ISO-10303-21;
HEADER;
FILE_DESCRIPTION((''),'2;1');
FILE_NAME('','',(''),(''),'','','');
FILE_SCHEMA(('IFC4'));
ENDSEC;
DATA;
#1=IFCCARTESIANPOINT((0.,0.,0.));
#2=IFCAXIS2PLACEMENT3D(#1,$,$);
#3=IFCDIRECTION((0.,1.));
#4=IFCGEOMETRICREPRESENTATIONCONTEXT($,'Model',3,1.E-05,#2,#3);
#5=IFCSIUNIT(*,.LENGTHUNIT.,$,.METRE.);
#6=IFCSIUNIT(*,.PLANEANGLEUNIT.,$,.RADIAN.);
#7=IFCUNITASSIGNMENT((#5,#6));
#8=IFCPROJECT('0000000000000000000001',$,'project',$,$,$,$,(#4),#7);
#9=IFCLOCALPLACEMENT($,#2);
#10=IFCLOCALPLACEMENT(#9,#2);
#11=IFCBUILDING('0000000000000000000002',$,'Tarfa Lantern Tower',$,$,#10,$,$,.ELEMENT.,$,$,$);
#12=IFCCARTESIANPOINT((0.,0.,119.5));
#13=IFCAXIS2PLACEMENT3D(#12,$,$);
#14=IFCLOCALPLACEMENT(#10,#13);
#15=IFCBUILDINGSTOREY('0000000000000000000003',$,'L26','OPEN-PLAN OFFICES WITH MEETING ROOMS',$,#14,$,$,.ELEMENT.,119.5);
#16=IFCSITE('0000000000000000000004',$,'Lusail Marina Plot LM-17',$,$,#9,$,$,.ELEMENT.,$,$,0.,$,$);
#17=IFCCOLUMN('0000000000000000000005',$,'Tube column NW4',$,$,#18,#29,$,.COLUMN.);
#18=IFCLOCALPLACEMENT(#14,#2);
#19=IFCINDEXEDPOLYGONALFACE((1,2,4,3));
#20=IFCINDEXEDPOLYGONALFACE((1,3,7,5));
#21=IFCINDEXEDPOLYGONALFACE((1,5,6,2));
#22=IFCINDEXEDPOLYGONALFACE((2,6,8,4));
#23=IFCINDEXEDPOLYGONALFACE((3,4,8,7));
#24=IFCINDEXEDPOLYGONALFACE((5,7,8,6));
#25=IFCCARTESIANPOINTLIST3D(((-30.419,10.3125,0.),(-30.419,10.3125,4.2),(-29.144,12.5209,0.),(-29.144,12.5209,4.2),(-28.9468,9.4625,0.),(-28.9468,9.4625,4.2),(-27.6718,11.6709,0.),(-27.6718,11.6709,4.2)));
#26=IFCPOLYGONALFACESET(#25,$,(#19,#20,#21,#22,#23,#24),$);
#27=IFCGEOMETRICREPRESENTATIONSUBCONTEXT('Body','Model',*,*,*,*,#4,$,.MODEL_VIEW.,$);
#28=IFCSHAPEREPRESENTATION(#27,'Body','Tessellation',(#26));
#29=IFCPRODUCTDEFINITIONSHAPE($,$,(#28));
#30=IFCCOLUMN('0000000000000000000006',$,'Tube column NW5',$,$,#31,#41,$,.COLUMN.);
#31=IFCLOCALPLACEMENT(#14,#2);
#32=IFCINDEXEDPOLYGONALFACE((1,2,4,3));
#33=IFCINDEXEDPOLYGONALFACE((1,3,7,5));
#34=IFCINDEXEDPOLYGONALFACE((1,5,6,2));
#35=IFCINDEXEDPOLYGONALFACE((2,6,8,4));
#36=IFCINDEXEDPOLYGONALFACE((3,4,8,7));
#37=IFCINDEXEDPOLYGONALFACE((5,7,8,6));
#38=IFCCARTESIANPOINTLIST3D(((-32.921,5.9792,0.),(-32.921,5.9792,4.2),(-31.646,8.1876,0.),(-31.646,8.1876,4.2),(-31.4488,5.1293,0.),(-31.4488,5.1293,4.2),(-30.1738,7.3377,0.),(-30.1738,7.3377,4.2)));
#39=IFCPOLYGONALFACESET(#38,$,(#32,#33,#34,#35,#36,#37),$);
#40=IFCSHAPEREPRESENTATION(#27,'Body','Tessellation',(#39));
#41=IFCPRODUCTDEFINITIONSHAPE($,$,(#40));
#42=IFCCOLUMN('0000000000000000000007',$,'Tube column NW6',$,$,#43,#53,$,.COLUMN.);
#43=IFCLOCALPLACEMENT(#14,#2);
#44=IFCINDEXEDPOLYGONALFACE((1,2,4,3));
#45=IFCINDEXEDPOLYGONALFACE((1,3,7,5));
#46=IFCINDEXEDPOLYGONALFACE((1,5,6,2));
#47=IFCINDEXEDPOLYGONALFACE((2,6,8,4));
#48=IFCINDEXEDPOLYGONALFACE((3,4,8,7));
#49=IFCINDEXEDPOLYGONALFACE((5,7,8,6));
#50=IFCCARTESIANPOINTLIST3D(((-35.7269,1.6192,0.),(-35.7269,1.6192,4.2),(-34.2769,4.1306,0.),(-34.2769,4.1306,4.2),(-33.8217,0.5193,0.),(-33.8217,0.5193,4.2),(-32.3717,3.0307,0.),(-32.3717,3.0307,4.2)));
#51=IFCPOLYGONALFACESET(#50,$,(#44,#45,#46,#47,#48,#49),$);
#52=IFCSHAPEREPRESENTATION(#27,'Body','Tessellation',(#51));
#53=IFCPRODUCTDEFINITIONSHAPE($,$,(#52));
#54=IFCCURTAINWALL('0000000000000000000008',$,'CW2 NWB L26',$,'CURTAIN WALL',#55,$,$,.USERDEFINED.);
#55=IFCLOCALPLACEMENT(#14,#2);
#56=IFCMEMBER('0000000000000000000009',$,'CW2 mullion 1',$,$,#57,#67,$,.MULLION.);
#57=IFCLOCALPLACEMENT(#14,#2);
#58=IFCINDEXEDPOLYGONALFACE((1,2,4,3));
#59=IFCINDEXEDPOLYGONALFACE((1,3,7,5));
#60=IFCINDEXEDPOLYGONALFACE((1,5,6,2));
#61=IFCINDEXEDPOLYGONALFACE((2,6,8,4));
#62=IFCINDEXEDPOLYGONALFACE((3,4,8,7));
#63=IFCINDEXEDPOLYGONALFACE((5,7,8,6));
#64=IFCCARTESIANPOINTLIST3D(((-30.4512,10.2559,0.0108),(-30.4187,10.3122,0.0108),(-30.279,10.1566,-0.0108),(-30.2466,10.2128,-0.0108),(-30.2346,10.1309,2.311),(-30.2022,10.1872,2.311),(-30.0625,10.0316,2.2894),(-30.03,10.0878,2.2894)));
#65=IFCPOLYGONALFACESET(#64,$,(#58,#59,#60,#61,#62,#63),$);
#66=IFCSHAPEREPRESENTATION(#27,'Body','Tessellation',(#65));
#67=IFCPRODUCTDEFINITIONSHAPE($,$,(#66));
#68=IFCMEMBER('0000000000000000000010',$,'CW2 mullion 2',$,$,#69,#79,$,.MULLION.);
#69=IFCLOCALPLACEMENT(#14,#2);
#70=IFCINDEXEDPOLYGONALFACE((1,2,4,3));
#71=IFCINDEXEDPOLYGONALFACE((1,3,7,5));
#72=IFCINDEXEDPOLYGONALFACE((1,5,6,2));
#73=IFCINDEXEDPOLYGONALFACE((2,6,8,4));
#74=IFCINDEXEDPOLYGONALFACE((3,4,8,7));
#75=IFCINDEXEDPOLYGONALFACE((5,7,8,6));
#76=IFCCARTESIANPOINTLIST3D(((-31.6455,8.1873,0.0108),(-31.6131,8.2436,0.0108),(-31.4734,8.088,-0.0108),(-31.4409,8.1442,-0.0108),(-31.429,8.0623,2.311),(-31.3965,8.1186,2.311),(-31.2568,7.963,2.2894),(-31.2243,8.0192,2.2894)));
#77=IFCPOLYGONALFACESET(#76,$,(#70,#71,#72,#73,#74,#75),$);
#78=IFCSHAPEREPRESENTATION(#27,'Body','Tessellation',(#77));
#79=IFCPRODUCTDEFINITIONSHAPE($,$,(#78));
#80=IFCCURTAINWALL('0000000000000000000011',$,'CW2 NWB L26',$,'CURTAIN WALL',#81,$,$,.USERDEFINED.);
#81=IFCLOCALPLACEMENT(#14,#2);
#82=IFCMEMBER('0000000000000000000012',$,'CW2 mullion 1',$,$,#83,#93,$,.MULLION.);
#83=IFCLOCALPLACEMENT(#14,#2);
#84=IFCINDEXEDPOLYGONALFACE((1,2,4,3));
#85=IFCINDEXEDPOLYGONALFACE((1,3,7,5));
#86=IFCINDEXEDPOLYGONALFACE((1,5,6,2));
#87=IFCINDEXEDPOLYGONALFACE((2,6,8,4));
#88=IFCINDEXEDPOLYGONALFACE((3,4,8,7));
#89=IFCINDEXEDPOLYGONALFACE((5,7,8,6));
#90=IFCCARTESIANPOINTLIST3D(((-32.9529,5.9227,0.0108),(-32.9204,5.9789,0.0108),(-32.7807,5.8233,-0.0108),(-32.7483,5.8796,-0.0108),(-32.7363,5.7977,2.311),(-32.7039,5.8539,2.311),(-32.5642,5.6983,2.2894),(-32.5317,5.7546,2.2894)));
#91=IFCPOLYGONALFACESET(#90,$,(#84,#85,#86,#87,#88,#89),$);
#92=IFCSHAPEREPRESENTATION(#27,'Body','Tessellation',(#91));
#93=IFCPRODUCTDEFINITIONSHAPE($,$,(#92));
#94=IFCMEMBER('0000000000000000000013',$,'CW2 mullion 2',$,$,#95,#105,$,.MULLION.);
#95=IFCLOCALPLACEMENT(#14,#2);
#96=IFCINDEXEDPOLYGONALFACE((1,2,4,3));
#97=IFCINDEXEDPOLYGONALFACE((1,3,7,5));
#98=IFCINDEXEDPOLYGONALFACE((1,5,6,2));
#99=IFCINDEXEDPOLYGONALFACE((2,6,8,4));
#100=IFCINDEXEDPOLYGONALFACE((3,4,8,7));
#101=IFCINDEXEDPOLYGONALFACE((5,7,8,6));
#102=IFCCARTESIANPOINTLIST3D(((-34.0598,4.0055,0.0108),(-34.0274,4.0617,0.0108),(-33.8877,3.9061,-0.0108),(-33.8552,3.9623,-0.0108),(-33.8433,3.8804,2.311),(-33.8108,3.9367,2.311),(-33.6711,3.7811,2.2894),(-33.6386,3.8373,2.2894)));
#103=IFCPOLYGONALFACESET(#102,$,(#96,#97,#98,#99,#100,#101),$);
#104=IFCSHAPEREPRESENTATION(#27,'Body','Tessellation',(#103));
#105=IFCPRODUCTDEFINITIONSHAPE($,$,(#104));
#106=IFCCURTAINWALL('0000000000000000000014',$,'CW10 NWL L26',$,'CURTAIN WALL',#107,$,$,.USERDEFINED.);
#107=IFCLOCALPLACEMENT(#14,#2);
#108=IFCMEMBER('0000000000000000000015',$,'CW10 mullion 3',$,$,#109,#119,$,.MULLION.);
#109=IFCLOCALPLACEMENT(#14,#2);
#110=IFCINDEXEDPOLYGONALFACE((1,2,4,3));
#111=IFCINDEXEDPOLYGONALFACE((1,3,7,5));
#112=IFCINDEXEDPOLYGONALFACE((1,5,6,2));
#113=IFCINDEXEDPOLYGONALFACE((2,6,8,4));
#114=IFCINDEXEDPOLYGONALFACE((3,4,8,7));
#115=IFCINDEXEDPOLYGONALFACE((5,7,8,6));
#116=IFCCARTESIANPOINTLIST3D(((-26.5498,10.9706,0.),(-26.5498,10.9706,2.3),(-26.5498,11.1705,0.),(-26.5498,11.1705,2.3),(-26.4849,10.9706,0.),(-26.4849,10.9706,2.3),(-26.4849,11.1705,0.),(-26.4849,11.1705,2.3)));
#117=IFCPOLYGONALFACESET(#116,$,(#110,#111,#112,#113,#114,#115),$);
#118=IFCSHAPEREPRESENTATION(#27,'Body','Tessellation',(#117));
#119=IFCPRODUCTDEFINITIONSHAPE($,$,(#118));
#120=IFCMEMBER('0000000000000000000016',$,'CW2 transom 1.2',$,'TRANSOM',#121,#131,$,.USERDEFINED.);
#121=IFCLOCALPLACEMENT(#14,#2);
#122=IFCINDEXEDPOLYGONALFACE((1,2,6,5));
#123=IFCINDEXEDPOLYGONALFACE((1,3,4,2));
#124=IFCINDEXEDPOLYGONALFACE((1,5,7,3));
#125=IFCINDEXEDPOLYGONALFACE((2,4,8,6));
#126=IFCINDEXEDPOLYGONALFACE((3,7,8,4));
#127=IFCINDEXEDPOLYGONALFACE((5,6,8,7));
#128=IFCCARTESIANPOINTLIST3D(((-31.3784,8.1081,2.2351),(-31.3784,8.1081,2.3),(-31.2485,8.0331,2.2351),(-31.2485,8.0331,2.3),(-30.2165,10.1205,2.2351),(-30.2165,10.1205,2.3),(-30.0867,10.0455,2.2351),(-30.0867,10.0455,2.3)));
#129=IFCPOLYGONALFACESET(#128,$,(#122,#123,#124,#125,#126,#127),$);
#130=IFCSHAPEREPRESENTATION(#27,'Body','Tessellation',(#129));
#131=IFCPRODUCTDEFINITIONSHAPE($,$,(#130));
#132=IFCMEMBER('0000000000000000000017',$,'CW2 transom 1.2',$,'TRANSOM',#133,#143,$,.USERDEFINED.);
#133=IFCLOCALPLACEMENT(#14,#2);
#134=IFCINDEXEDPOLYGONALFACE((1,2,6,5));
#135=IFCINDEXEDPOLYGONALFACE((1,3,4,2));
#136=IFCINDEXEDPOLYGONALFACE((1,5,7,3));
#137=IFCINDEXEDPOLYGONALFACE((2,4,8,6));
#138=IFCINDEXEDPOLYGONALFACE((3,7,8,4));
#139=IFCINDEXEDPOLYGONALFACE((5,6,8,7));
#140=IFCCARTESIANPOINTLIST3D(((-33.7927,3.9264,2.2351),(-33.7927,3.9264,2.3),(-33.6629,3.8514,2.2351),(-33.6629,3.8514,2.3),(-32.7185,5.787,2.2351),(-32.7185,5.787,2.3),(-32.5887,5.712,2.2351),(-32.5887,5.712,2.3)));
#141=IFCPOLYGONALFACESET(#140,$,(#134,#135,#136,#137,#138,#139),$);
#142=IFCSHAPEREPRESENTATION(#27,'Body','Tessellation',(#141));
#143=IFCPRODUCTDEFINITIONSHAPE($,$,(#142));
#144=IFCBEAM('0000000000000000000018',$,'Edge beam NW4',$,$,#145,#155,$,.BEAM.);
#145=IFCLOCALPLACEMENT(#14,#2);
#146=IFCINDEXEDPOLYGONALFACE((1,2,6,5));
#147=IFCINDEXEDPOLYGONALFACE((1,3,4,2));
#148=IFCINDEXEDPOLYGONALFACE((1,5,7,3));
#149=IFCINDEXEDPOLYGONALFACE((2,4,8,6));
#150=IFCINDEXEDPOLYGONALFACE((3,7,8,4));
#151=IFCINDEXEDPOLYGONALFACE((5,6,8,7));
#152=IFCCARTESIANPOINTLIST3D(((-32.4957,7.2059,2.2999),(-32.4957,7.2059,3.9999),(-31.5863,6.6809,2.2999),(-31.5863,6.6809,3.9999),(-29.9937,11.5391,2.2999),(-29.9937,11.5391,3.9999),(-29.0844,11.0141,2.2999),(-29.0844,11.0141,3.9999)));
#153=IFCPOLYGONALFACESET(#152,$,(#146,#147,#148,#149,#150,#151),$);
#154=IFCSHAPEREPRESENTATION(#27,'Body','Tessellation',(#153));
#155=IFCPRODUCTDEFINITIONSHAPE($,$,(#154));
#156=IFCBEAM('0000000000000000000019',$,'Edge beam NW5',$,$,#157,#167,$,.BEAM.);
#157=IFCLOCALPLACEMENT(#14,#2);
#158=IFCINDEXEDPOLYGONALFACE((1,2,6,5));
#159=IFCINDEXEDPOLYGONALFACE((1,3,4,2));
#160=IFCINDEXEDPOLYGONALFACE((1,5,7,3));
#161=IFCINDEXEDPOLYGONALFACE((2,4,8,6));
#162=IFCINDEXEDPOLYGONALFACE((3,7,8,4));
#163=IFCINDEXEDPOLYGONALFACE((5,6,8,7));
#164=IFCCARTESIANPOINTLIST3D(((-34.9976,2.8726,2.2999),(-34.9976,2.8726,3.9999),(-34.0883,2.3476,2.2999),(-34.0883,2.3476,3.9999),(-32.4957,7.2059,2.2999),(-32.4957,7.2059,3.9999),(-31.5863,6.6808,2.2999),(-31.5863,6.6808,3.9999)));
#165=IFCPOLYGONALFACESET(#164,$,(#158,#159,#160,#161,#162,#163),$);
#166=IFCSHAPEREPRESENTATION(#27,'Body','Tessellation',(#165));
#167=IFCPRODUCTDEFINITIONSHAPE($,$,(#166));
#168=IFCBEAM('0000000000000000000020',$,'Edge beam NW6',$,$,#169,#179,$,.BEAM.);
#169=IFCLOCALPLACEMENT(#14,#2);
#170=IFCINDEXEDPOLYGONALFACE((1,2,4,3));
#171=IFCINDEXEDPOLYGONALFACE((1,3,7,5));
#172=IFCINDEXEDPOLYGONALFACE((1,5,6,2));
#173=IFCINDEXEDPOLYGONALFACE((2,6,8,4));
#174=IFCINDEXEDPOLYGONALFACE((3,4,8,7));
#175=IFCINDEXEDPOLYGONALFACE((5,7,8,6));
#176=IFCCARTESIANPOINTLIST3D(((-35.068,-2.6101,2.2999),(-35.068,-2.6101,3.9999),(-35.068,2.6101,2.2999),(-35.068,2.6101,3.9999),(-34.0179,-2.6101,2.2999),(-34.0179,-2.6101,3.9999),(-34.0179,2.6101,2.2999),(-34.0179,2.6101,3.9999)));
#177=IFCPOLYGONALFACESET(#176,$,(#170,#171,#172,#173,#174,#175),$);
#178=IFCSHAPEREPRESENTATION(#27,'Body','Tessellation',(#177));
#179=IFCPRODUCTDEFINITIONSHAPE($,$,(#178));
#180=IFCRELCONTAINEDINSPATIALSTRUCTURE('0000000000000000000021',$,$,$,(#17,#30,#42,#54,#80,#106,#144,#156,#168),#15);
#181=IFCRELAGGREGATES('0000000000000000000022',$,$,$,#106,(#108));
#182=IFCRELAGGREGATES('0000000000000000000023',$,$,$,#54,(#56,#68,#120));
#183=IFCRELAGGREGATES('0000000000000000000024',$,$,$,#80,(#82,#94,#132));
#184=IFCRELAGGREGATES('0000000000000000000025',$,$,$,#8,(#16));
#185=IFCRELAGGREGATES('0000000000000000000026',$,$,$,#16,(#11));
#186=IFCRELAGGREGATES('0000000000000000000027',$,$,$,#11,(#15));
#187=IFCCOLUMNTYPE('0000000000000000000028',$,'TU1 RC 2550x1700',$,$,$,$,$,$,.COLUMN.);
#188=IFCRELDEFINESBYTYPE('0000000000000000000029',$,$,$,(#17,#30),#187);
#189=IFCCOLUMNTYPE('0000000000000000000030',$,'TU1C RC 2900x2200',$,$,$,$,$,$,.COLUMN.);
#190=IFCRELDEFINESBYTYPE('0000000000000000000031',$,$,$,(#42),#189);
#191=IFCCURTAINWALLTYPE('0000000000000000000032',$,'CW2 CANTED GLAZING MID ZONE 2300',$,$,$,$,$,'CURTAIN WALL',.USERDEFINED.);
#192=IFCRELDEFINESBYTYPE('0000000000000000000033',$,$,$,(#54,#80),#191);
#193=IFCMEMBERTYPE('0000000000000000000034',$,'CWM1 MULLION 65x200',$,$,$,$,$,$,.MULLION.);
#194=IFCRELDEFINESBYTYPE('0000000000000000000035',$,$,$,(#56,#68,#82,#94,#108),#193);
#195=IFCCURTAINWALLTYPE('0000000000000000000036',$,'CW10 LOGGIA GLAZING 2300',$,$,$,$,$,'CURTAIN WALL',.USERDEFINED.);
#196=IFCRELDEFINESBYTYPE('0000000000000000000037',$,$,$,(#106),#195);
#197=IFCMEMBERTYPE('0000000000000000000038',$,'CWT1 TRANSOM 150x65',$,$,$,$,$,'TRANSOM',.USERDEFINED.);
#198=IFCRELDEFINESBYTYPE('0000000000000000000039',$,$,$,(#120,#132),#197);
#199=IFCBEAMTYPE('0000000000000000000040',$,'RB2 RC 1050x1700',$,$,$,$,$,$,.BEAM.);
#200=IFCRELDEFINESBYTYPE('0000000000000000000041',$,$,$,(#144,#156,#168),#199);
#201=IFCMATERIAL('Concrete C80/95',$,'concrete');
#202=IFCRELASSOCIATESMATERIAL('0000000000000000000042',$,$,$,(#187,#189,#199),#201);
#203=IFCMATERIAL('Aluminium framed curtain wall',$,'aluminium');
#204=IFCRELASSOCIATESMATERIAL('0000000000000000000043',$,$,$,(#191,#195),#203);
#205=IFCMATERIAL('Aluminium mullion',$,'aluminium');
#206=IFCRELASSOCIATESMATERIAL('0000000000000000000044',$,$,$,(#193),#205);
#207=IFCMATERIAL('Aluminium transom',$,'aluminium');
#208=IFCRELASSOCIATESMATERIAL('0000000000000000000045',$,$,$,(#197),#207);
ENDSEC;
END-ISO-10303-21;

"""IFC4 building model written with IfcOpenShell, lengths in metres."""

from ifc_helpers import new_model, si_unit, direction, frame, origin, origin_2d, place, context, subcontext, project, spatial, rectangle, extrude, material, material_profile, profile_set, type_object, element, aggregate, save


model = new_model("IFC4")

# Units and contexts
model_context = context("Model", 3, precision=1e-05, world=origin(), true_north=direction((0.0, 1.0)))
body_context = subcontext(model_context, "Body", "Model", "MODEL_VIEW")
ifc_project = project(units=[si_unit("LENGTHUNIT", "METRE"), si_unit("PLANEANGLEUNIT", "RADIAN")], contexts=[model_context])

# Site, building, storey
site_placement = place(None, origin())
site = spatial("IfcSite", under=ifc_project, at=site_placement, Name="Lusail Marina Plot LM-17", CompositionType="ELEMENT", RefElevation=0.0)
building_placement = place(site_placement, origin())
building = spatial("IfcBuilding", under=site, at=building_placement, Name="Tarfa Lantern Tower", CompositionType="ELEMENT")
storey_placement = place(building_placement, frame((0.0, 0.0, 119.5)))
storey = spatial("IfcBuildingStorey", under=building, at=storey_placement, Name="L26", Description="OPEN-PLAN OFFICES WITH MEETING ROOMS", CompositionType="ELEMENT", Elevation=119.5)

# Columns
ifc_material_1 = material(Name="Concrete C80/95", Category="concrete")
ifc_material_profile_1 = material_profile(ifc_material_1, rectangle(XDim=2.55, YDim=1.7, at=origin_2d()), Name="RC 2550x1700")
ifc_profile_set_1 = profile_set([ifc_material_profile_1], Name="Concrete C80/95")
column_type_1 = type_object("IfcColumnType", Name="TU1 RC 2550x1700", PredefinedType="COLUMN", material=ifc_profile_set_1)
for number, where, z_axis, x_axis, name in (
    (1, (-29.0454, 10.9917, 0.0), (0.0, 0.0, 1.0), (-0.5, -0.866025, 0.0), "Tube column NW4"),
    (2, (-31.5474, 6.6584, 0.0), (0.0, 0.0, 1.0), (-0.5, -0.866025, 0.0), "Tube column NW5"),
):
    element("IfcColumn", number, at=place(storey_placement, frame(where, z_axis=z_axis, x_axis=x_axis)), inside=storey, type_object=column_type_1, Name=name, PredefinedType="COLUMN", context=body_context, shape_type="SweptSolid", body=[
        extrude(rectangle(XDim=2.55, YDim=1.7, at=origin_2d()), origin(), (0.0, 0.0, 1.0), 4.2),
    ])
ifc_material_profile_2 = material_profile(ifc_material_1, rectangle(XDim=2.8999, YDim=2.2, at=origin_2d()), Name="RC 2900x2200")
ifc_profile_set_2 = profile_set([ifc_material_profile_2], Name="Concrete C80/95")
column_type_2 = type_object("IfcColumnType", Name="TU1C RC 2900x2200", PredefinedType="COLUMN", material=ifc_profile_set_2)
column_placement = place(storey_placement, frame((-34.0493, 2.325, 0.0), z_axis=(0.0, 0.0, 1.0), x_axis=(-0.5, -0.866025, 0.0)))
element("IfcColumn", 3, at=column_placement, inside=storey, type_object=column_type_2, Name="Tube column NW6", PredefinedType="COLUMN", context=body_context, shape_type="SweptSolid", body=[
    extrude(rectangle(XDim=2.8999, YDim=2.2, at=origin_2d()), origin(), (0.0, 0.0, 1.0), 4.2),
])

# Curtain walls, members
ifc_material_2 = material(Name="Aluminium framed curtain wall", Category="aluminium")
curtain_wall_type_1 = type_object("IfcCurtainWallType", Name="CW2 CANTED GLAZING MID ZONE 2300", ElementType="CURTAIN WALL", PredefinedType="USERDEFINED", material=ifc_material_2)
curtain_wall_1_placement = place(storey_placement, origin())
curtain_wall_1 = element("IfcCurtainWall", 4, at=curtain_wall_1_placement, inside=storey, type_object=curtain_wall_type_1, Name="CW2 NWB L26", ObjectType="CURTAIN WALL", PredefinedType="USERDEFINED")
ifc_material_3 = material(Name="Aluminium mullion", Category="aluminium")
ifc_material_profile_3 = material_profile(ifc_material_3, rectangle(XDim=0.0649, YDim=0.2, at=origin_2d()), Name="AL MULLION 65x200")
ifc_profile_set_3 = profile_set([ifc_material_profile_3], Name="Aluminium mullion")
member_type_1 = type_object("IfcMemberType", Name="CWM1 MULLION 65x200", PredefinedType="MULLION", material=ifc_profile_set_3)
member_1_placement = place(storey_placement, frame((-30.3489, 10.2344, 0.0), z_axis=(0.0936, -0.054028, 0.994143), x_axis=(0.49992, 0.866072, 0.0)))
member_1 = element("IfcMember", 5, at=member_1_placement, type_object=member_type_1, Name="CW2 mullion 1", PredefinedType="MULLION", context=body_context, shape_type="SweptSolid", body=[
    extrude(rectangle(XDim=0.0649, YDim=0.2, at=origin_2d()), origin(), (0.0, 0.0, 1.0), 2.3137),
])
member_2_placement = place(storey_placement, frame((-31.5432, 8.1658, 0.0), z_axis=(0.0936, -0.054028, 0.994143), x_axis=(0.49992, 0.866072, 0.0)))
member_2 = element("IfcMember", 6, at=member_2_placement, type_object=member_type_1, Name="CW2 mullion 2", PredefinedType="MULLION", context=body_context, shape_type="SweptSolid", body=[
    extrude(rectangle(XDim=0.0649, YDim=0.2, at=origin_2d()), origin(), (0.0, 0.0, 1.0), 2.3137),
])
curtain_wall_2_placement = place(storey_placement, origin())
curtain_wall_2 = element("IfcCurtainWall", 7, at=curtain_wall_2_placement, inside=storey, type_object=curtain_wall_type_1, Name="CW2 NWB L26", ObjectType="CURTAIN WALL", PredefinedType="USERDEFINED")
member_3_placement = place(storey_placement, frame((-32.8506, 5.9011, 0.0), z_axis=(0.0936, -0.054028, 0.994143), x_axis=(0.49992, 0.866072, 0.0)))
member_3 = element("IfcMember", 8, at=member_3_placement, type_object=member_type_1, Name="CW2 mullion 1", PredefinedType="MULLION", context=body_context, shape_type="SweptSolid", body=[
    extrude(rectangle(XDim=0.0649, YDim=0.2, at=origin_2d()), origin(), (0.0, 0.0, 1.0), 2.3137),
])
member_4_placement = place(storey_placement, frame((-33.9575, 3.9839, 0.0), z_axis=(0.0936, -0.054028, 0.994143), x_axis=(0.49992, 0.866072, 0.0)))
member_4 = element("IfcMember", 9, at=member_4_placement, type_object=member_type_1, Name="CW2 mullion 2", PredefinedType="MULLION", context=body_context, shape_type="SweptSolid", body=[
    extrude(rectangle(XDim=0.0649, YDim=0.2, at=origin_2d()), origin(), (0.0, 0.0, 1.0), 2.3137),
])

# Curtain wall, member
curtain_wall_type_2 = type_object("IfcCurtainWallType", Name="CW10 LOGGIA GLAZING 2300", ElementType="CURTAIN WALL", PredefinedType="USERDEFINED", material=ifc_material_2)
curtain_wall_3_placement = place(storey_placement, origin())
curtain_wall_3 = element("IfcCurtainWall", 10, at=curtain_wall_3_placement, inside=storey, type_object=curtain_wall_type_2, Name="CW10 NWL L26", ObjectType="CURTAIN WALL", PredefinedType="USERDEFINED")
member_5_placement = place(storey_placement, frame((-26.5173, 11.0706, 0.0), z_axis=(0.0, 0.0, 1.0), x_axis=(1.0, 0.0, 0.0)))
member_5 = element("IfcMember", 11, at=member_5_placement, type_object=member_type_1, Name="CW10 mullion 3", PredefinedType="MULLION", context=body_context, shape_type="SweptSolid", body=[
    extrude(rectangle(XDim=0.0649, YDim=0.2, at=origin_2d()), origin(), (0.0, 0.0, 1.0), 2.3),
])
aggregate(curtain_wall_3, [member_5])

# Members
ifc_material_4 = material(Name="Aluminium transom", Category="aluminium")
ifc_material_profile_4 = material_profile(ifc_material_4, rectangle(XDim=0.1499, YDim=0.0649, at=origin_2d()), Name="AL TRANSOM 150x65")
ifc_profile_set_4 = profile_set([ifc_material_profile_4], Name="Aluminium transom")
member_type_2 = type_object("IfcMemberType", Name="CWT1 TRANSOM 150x65", ElementType="TRANSOM", PredefinedType="USERDEFINED", material=ifc_profile_set_4)
member_6_placement = place(storey_placement, frame((-30.1516, 10.083, 2.2676), z_axis=(-0.499992, -0.86603, 0.0), x_axis=(0.86603, -0.499992, 0.0)))
member_6 = element("IfcMember", 12, at=member_6_placement, type_object=member_type_2, Name="CW2 transom 1.2", ObjectType="TRANSOM", PredefinedType="USERDEFINED", context=body_context, shape_type="SweptSolid", body=[
    extrude(rectangle(XDim=0.1499, YDim=0.0649, at=origin_2d()), origin(), (0.0, 0.0, 1.0), 2.3237),
])
member_7_placement = place(storey_placement, frame((-32.6536, 5.7495, 2.2676), z_axis=(-0.500001, -0.866025, 0.0), x_axis=(0.866025, -0.500001, 0.0)))
member_7 = element("IfcMember", 13, at=member_7_placement, type_object=member_type_2, Name="CW2 transom 1.2", ObjectType="TRANSOM", PredefinedType="USERDEFINED", context=body_context, shape_type="SweptSolid", body=[
    extrude(rectangle(XDim=0.1499, YDim=0.0649, at=origin_2d()), origin(), (0.0, 0.0, 1.0), 2.1484),
])

# Beams
ifc_material_profile_5 = material_profile(ifc_material_1, rectangle(XDim=1.05, YDim=1.7, at=origin_2d()), Name="RC 1050x1700")
ifc_profile_set_5 = profile_set([ifc_material_profile_5], Name="Concrete C80/95")
beam_type_1 = type_object("IfcBeamType", Name="RB2 RC 1050x1700", PredefinedType="BEAM", material=ifc_profile_set_5)
for number, where, z_axis, x_axis, name in (
    (14, (-29.5391, 11.2766, 3.1499), (-0.500022, -0.866013, 0.0), (0.866013, -0.500022, 0.0), "Edge beam NW4"),
    (15, (-32.041, 6.9434, 3.1499), (-0.500022, -0.866013, 0.0), (0.866013, -0.500022, 0.0), "Edge beam NW5"),
):
    element("IfcBeam", number, at=place(storey_placement, frame(where, z_axis=z_axis, x_axis=x_axis)), inside=storey, type_object=beam_type_1, Name=name, PredefinedType="BEAM", context=body_context, shape_type="SweptSolid", body=[
        extrude(rectangle(XDim=1.05, YDim=1.7, at=origin_2d()), origin(), (0.0, 0.0, 1.0), 5.0037),
    ])
beam_1_placement = place(storey_placement, frame((-34.543, 2.6101, 3.1499), z_axis=(0.0, -1.0, 0.0), x_axis=(1.0, 0.0, 0.0)))
element("IfcBeam", 16, at=beam_1_placement, inside=storey, type_object=beam_type_1, Name="Edge beam NW6", PredefinedType="BEAM", context=body_context, shape_type="SweptSolid", body=[
    extrude(rectangle(XDim=1.05, YDim=1.7, at=origin_2d()), origin(), (0.0, 0.0, 1.0), 5.2202),
])

aggregate(curtain_wall_1, [member_1, member_2, member_6])
aggregate(curtain_wall_2, [member_3, member_4, member_7])

save(model, "model.ifc")
